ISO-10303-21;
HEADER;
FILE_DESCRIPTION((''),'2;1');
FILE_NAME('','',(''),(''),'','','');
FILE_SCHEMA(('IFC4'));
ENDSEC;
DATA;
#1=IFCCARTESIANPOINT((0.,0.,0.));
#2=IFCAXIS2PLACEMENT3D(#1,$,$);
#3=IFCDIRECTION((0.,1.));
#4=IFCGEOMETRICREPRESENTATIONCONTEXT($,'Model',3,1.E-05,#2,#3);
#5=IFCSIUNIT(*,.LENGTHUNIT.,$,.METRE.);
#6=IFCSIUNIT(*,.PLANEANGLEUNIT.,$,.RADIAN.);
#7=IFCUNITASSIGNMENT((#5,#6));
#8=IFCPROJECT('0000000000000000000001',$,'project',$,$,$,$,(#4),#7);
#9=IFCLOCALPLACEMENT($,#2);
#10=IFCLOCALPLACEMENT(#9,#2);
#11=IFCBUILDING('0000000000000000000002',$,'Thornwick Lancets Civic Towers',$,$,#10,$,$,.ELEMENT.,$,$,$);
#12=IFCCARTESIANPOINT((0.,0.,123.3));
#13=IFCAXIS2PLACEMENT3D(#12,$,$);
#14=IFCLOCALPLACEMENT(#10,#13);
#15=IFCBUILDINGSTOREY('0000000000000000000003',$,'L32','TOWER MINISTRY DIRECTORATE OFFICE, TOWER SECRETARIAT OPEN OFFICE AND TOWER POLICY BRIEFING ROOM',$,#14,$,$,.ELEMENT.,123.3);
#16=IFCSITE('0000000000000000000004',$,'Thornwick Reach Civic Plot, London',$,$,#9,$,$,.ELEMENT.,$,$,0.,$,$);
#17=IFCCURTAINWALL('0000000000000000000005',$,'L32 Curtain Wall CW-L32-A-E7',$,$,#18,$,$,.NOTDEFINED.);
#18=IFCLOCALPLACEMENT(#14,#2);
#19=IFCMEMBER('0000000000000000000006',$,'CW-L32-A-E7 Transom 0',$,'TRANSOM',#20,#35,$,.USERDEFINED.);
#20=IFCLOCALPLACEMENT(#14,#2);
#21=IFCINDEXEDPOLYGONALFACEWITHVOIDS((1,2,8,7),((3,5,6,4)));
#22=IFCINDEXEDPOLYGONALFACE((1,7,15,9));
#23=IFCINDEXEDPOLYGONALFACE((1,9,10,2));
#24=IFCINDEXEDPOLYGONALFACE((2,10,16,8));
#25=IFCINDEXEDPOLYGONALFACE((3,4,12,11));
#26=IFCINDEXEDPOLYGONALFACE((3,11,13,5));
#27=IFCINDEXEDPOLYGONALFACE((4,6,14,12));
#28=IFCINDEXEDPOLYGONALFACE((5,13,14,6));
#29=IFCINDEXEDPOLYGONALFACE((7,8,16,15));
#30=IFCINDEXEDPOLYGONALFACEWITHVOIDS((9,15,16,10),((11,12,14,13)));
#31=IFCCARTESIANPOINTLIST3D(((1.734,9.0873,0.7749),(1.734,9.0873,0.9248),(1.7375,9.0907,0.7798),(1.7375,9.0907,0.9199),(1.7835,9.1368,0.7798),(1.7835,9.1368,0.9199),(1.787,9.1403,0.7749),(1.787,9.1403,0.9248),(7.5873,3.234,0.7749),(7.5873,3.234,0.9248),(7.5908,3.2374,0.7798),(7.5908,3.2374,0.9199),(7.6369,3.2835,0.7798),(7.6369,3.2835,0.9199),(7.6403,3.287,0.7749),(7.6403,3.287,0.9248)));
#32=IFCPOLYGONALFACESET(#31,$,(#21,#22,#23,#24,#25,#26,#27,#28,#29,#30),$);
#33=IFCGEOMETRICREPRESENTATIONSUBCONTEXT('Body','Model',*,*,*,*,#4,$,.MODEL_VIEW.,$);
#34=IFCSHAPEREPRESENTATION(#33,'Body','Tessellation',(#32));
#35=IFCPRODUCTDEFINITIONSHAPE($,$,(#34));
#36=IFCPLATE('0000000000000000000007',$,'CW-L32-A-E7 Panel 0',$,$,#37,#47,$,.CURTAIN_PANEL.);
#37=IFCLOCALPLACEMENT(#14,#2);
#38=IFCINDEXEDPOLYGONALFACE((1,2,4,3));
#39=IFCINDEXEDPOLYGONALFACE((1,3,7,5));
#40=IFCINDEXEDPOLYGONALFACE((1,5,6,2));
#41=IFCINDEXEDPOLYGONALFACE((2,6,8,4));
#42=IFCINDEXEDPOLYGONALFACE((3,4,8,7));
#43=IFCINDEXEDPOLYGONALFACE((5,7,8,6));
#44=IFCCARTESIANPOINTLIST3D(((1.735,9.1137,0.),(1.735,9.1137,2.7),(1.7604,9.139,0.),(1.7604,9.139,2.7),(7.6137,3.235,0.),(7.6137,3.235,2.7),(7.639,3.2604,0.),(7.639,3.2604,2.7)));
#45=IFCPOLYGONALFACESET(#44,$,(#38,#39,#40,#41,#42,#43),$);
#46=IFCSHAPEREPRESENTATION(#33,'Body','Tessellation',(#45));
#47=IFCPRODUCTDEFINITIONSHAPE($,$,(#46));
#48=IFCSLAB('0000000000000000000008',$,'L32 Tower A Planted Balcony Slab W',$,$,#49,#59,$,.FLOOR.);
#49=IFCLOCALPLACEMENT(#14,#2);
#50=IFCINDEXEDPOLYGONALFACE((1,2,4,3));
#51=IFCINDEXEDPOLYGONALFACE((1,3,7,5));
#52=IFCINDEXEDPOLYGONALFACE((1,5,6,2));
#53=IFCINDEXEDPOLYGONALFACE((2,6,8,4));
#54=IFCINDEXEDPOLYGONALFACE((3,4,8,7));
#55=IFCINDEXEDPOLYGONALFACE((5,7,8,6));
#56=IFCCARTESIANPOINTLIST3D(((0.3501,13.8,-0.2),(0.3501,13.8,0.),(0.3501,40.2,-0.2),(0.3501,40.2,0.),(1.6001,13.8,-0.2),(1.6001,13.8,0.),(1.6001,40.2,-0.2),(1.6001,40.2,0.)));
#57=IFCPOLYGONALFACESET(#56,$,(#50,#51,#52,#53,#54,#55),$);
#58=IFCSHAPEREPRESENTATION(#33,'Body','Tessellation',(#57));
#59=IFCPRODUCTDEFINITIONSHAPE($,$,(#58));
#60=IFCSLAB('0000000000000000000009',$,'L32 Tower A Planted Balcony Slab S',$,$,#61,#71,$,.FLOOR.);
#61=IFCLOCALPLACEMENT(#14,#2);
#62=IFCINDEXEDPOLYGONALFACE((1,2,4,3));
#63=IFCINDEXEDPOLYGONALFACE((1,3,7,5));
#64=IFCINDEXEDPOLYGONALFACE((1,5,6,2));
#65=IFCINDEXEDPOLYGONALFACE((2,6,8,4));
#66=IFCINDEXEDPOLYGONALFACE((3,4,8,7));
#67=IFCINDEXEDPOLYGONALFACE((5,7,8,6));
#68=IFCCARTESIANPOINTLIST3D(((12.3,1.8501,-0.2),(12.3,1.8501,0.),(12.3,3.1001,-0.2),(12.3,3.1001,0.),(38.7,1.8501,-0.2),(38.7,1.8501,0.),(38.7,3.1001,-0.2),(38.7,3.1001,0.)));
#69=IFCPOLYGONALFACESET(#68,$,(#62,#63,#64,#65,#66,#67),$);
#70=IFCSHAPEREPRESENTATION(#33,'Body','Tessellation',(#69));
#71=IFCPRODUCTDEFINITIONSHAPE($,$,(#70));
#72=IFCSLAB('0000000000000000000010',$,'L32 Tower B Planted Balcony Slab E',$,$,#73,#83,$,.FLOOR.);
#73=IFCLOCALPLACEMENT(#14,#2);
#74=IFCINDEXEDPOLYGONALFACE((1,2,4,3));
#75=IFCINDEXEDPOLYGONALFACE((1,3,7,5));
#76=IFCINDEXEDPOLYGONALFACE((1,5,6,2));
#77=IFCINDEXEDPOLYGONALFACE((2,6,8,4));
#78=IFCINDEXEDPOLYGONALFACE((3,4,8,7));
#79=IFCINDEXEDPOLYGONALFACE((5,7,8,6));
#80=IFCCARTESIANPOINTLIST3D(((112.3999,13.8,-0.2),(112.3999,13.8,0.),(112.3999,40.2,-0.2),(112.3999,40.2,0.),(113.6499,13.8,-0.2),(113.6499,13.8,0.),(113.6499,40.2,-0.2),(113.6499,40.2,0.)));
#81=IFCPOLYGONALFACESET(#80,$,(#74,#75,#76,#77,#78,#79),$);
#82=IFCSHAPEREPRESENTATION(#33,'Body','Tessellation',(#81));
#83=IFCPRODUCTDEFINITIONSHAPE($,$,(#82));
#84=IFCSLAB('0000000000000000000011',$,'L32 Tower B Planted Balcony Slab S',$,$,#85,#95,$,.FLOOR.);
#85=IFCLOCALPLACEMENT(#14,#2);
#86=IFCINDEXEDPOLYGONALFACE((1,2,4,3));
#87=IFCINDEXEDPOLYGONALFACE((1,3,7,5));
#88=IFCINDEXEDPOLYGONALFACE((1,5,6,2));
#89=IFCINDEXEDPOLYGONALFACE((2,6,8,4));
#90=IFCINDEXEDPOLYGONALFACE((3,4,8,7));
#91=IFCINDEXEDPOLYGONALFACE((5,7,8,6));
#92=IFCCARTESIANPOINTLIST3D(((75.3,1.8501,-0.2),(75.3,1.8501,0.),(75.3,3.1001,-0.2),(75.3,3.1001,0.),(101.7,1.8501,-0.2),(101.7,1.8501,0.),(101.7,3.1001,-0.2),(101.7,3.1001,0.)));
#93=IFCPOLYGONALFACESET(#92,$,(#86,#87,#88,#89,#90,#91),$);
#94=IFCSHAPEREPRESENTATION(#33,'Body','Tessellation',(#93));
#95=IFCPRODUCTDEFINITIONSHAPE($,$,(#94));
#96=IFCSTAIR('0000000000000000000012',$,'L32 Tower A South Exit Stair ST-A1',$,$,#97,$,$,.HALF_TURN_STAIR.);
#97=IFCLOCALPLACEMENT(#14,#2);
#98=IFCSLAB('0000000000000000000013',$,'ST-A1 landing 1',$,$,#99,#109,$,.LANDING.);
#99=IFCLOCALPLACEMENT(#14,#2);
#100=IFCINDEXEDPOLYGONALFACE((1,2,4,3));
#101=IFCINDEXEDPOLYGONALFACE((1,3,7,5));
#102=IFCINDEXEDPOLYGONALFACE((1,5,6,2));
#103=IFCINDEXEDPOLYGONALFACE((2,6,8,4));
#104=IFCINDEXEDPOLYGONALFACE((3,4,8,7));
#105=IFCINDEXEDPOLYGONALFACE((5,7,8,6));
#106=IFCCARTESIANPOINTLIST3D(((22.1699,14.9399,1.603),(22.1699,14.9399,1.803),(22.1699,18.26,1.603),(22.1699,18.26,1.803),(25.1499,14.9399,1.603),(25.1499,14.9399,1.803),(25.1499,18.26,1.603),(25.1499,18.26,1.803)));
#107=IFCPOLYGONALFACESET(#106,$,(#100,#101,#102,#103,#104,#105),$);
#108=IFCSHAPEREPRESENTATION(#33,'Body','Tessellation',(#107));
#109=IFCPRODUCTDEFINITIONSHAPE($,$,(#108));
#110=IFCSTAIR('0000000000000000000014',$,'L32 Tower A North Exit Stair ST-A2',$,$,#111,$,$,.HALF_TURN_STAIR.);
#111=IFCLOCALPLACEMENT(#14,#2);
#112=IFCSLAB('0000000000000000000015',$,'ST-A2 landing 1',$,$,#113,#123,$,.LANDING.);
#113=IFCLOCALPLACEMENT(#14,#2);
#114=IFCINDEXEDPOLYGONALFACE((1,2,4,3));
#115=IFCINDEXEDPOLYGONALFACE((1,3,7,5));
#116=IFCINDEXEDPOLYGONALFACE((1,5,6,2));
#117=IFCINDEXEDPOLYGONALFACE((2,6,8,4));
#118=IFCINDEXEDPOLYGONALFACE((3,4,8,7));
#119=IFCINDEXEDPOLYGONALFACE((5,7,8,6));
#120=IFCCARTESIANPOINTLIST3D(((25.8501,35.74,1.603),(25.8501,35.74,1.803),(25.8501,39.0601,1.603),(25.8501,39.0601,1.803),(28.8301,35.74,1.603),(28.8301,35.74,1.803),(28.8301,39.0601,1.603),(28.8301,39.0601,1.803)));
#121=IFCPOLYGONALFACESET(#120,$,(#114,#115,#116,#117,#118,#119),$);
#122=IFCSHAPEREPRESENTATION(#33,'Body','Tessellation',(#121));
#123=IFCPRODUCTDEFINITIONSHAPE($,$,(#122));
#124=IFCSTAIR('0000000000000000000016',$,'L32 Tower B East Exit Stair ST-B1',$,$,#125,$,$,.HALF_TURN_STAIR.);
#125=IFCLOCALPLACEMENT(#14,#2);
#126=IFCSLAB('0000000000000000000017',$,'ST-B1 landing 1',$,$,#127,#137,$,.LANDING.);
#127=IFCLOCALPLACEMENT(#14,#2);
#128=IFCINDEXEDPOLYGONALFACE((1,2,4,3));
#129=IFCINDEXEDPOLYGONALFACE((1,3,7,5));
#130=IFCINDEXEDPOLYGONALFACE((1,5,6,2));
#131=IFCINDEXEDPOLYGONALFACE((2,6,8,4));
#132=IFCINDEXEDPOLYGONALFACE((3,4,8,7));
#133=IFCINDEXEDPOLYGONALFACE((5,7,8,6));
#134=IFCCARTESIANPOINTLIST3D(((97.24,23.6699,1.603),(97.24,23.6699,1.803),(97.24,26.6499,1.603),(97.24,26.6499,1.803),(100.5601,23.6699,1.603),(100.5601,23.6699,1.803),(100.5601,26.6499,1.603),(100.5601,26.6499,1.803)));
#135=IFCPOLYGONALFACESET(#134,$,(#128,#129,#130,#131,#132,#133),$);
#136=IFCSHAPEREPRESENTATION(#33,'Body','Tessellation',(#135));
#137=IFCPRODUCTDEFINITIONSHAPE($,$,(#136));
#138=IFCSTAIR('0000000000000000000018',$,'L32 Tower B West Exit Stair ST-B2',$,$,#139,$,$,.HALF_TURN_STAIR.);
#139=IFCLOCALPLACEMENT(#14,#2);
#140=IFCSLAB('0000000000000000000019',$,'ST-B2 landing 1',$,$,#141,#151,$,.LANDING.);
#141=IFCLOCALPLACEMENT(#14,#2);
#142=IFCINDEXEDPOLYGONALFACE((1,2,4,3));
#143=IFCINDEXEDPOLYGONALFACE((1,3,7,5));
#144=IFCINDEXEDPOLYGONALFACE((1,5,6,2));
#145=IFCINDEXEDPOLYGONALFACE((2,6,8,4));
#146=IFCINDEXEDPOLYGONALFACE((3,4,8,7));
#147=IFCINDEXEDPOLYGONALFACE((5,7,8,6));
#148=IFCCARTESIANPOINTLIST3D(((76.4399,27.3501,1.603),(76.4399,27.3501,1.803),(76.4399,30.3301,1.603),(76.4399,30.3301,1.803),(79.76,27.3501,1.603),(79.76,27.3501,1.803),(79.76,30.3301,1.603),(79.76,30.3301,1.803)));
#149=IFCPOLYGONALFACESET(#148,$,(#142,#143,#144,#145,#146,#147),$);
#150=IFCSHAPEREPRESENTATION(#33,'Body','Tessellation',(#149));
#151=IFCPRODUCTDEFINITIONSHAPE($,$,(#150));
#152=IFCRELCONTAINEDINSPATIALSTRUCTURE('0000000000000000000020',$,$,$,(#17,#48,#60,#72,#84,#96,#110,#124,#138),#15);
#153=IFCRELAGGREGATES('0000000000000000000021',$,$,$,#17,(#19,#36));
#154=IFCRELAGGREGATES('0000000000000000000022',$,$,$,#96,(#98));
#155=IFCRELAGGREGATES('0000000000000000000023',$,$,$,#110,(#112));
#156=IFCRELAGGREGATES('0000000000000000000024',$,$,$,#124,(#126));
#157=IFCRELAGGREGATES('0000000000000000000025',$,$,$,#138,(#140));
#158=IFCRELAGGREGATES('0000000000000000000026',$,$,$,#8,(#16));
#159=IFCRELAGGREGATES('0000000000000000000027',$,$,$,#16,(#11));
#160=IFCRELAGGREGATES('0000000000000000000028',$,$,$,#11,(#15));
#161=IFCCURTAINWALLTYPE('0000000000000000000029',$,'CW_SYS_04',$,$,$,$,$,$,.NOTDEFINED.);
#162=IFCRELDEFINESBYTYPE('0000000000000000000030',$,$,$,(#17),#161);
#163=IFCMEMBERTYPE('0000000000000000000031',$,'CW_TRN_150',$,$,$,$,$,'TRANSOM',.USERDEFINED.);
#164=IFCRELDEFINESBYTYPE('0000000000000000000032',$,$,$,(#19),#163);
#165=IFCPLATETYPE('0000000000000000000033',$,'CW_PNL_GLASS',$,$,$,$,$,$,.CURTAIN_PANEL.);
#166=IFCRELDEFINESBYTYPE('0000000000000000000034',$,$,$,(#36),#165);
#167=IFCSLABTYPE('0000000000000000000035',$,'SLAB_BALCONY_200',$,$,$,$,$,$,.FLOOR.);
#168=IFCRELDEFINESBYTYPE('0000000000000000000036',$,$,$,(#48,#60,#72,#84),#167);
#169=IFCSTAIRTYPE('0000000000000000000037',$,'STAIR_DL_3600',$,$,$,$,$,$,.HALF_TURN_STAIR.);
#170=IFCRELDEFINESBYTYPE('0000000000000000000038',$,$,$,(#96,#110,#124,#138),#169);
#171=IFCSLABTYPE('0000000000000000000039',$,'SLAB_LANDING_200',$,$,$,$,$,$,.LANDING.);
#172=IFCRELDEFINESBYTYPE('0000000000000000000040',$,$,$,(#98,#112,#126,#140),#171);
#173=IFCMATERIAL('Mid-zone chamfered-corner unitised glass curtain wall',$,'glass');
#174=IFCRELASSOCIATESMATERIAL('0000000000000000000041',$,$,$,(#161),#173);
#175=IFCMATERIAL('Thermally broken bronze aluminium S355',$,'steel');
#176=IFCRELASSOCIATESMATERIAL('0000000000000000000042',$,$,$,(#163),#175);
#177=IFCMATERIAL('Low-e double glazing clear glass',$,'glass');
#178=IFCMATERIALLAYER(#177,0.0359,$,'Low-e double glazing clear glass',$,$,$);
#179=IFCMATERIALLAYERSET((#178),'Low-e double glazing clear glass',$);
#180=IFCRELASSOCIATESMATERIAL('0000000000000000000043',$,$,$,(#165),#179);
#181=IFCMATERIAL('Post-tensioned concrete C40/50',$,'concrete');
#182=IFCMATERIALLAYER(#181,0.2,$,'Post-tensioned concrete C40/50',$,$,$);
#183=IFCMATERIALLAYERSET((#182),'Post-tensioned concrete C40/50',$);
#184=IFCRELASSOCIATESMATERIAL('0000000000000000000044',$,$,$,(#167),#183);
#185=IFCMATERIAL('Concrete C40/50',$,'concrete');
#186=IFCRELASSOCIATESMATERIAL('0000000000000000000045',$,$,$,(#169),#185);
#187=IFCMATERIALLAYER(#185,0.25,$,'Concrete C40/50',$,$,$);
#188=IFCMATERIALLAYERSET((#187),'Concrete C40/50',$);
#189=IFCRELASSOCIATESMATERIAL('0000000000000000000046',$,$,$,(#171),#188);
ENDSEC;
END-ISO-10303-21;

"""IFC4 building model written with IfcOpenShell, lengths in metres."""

from ifc_helpers import new_model, si_unit, direction, frame, origin, origin_2d, place, context, subcontext, project, spatial, polyline, rectangle, hollow_rectangle, outline, extrude, material, layer, layer_set, material_profile, profile_set, type_object, element, aggregate, save


model = new_model("IFC4")

# Units and contexts
model_context = context("Model", 3, precision=1e-05, world=origin(), true_north=direction((0.0, 1.0)))
body_context = subcontext(model_context, "Body", "Model", "MODEL_VIEW")
ifc_project = project(units=[si_unit("LENGTHUNIT", "METRE"), si_unit("PLANEANGLEUNIT", "RADIAN")], contexts=[model_context])

# Site, building, storey
site_placement = place(None, origin())
site = spatial("IfcSite", under=ifc_project, at=site_placement, Name="Thornwick Reach Civic Plot, London", CompositionType="ELEMENT", RefElevation=0.0)
building_placement = place(site_placement, origin())
building = spatial("IfcBuilding", under=site, at=building_placement, Name="Thornwick Lancets Civic Towers", CompositionType="ELEMENT")
storey_placement = place(building_placement, frame((0.0, 0.0, 123.3)))
storey = spatial("IfcBuildingStorey", under=building, at=storey_placement, Name="L32", Description="TOWER MINISTRY DIRECTORATE OFFICE, TOWER SECRETARIAT OPEN OFFICE AND TOWER POLICY BRIEFING ROOM", CompositionType="ELEMENT", Elevation=123.3)

# Curtain wall, member, plate
ifc_material_1 = material(Name="Mid-zone chamfered-corner unitised glass curtain wall", Category="glass")
curtain_wall_type = type_object("IfcCurtainWallType", Name="CW_SYS_04", PredefinedType="NOTDEFINED", material=ifc_material_1)
curtain_wall_placement = place(storey_placement, origin())
curtain_wall = element("IfcCurtainWall", 1, at=curtain_wall_placement, inside=storey, type_object=curtain_wall_type, Name="L32 Curtain Wall CW-L32-A-E7", PredefinedType="NOTDEFINED")
ifc_material_2 = material(Name="Thermally broken bronze aluminium S355", Category="steel")
ifc_material_profile_1 = material_profile(ifc_material_2, hollow_rectangle(XDim=0.075, YDim=0.1499, WallThickness=0.0049, at=origin_2d()), Name="RHS 150x75x5")
ifc_profile_set_1 = profile_set([ifc_material_profile_1], Name="Thermally broken bronze aluminium S355")
member_type_1 = type_object("IfcMemberType", Name="CW_TRN_150", ElementType="TRANSOM", PredefinedType="USERDEFINED", material=ifc_profile_set_1)
member_1_placement = place(storey_placement, frame((1.7605, 9.1138, 0.8499), z_axis=(0.707107, -0.707107, 0.0), x_axis=(0.707107, 0.707107, 0.0)))
member_1 = element("IfcMember", 2, at=member_1_placement, type_object=member_type_1, Name="CW-L32-A-E7 Transom 0", ObjectType="TRANSOM", PredefinedType="USERDEFINED", context=body_context, shape_type="SweptSolid", body=[
    extrude(hollow_rectangle(XDim=0.075, YDim=0.1499, WallThickness=0.0049, at=origin_2d()), origin(), (0.0, 0.0, 1.0), 8.2778),
])
ifc_material_3 = material(Name="Low-e double glazing clear glass", Category="glass")
ifc_layer_1 = layer(ifc_material_3, 0.0359, Name="Low-e double glazing clear glass")
ifc_layer_set_1 = layer_set([ifc_layer_1], Name="Low-e double glazing clear glass")
plate_type = type_object("IfcPlateType", Name="CW_PNL_GLASS", PredefinedType="CURTAIN_PANEL", material=ifc_layer_set_1)
plate_placement = place(storey_placement, frame((4.687, 6.187, 0.0), z_axis=(0.0, 0.0, 1.0), x_axis=(0.707107, -0.707107, 0.0)))
plate = element("IfcPlate", 3, at=plate_placement, type_object=plate_type, Name="CW-L32-A-E7 Panel 0", PredefinedType="CURTAIN_PANEL", context=body_context, shape_type="SweptSolid", body=[
    extrude(rectangle(XDim=8.3137, YDim=0.0359, at=origin_2d()), origin(), (0.0, 0.0, 1.0), 2.7),
])
aggregate(curtain_wall, [member_1, plate])

# Slabs
ifc_material_4 = material(Name="Post-tensioned concrete C40/50", Category="concrete")
ifc_layer_2 = layer(ifc_material_4, 0.2, Name="Post-tensioned concrete C40/50")
ifc_layer_set_2 = layer_set([ifc_layer_2], Name="Post-tensioned concrete C40/50")
slab_type_1 = type_object("IfcSlabType", Name="SLAB_BALCONY_200", PredefinedType="FLOOR", material=ifc_layer_set_2)
slab_1_placement = place(storey_placement, frame((0.0, 0.0, -0.2)))
element("IfcSlab", 4, at=slab_1_placement, inside=storey, type_object=slab_type_1, Name="L32 Tower A Planted Balcony Slab W", PredefinedType="FLOOR", context=body_context, shape_type="SweptSolid", body=[
    extrude(outline(polyline([(0.3501, 13.8), (1.6001, 13.8), (1.6001, 40.2), (0.3501, 40.2), (0.3501, 13.8)])), origin(), (0.0, 0.0, 1.0), 0.2),
])
slab_2_placement = place(storey_placement, frame((0.0, 0.0, -0.2)))
element("IfcSlab", 5, at=slab_2_placement, inside=storey, type_object=slab_type_1, Name="L32 Tower A Planted Balcony Slab S", PredefinedType="FLOOR", context=body_context, shape_type="SweptSolid", body=[
    extrude(outline(polyline([(12.3, 1.8501), (38.7, 1.8501), (38.7, 3.1001), (12.3, 3.1001), (12.3, 1.8501)])), origin(), (0.0, 0.0, 1.0), 0.2),
])
slab_3_placement = place(storey_placement, frame((0.0, 0.0, -0.2)))
element("IfcSlab", 6, at=slab_3_placement, inside=storey, type_object=slab_type_1, Name="L32 Tower B Planted Balcony Slab E", PredefinedType="FLOOR", context=body_context, shape_type="SweptSolid", body=[
    extrude(outline(polyline([(112.3999, 13.8), (113.6499, 13.8), (113.6499, 40.2), (112.3999, 40.2), (112.3999, 13.8)])), origin(), (0.0, 0.0, 1.0), 0.2),
])
slab_4_placement = place(storey_placement, frame((0.0, 0.0, -0.2)))
element("IfcSlab", 7, at=slab_4_placement, inside=storey, type_object=slab_type_1, Name="L32 Tower B Planted Balcony Slab S", PredefinedType="FLOOR", context=body_context, shape_type="SweptSolid", body=[
    extrude(outline(polyline([(75.3, 1.8501), (101.7, 1.8501), (101.7, 3.1001), (75.3, 3.1001), (75.3, 1.8501)])), origin(), (0.0, 0.0, 1.0), 0.2),
])

# Stairs, slabs
ifc_material_5 = material(Name="Concrete C40/50", Category="concrete")
stair_type = type_object("IfcStairType", Name="STAIR_DL_3600", PredefinedType="HALF_TURN_STAIR", material=ifc_material_5)
stair_1_placement = place(storey_placement, origin())
stair_1 = element("IfcStair", 8, at=stair_1_placement, inside=storey, type_object=stair_type, Name="L32 Tower A South Exit Stair ST-A1", PredefinedType="HALF_TURN_STAIR")
ifc_layer_3 = layer(ifc_material_5, 0.25, Name="Concrete C40/50")
ifc_layer_set_3 = layer_set([ifc_layer_3], Name="Concrete C40/50")
slab_type_2 = type_object("IfcSlabType", Name="SLAB_LANDING_200", PredefinedType="LANDING", material=ifc_layer_set_3)
slab_5_placement = place(storey_placement, frame((0.0, 0.0, 1.603)))
slab_5 = element("IfcSlab", 9, at=slab_5_placement, type_object=slab_type_2, Name="ST-A1 landing 1", PredefinedType="LANDING", context=body_context, shape_type="SweptSolid", body=[
    extrude(outline(polyline([(22.1699, 14.9399), (25.1499, 14.9399), (25.1499, 18.26), (22.1699, 18.26), (22.1699, 14.9399)])), origin(), (0.0, 0.0, 1.0), 0.2),
])
aggregate(stair_1, [slab_5])
stair_2_placement = place(storey_placement, origin())
stair_2 = element("IfcStair", 10, at=stair_2_placement, inside=storey, type_object=stair_type, Name="L32 Tower A North Exit Stair ST-A2", PredefinedType="HALF_TURN_STAIR")
slab_6_placement = place(storey_placement, frame((0.0, 0.0, 1.603)))
slab_6 = element("IfcSlab", 11, at=slab_6_placement, type_object=slab_type_2, Name="ST-A2 landing 1", PredefinedType="LANDING", context=body_context, shape_type="SweptSolid", body=[
    extrude(outline(polyline([(28.8301, 39.0601), (25.8501, 39.0601), (25.8501, 35.74), (28.8301, 35.74), (28.8301, 39.0601)])), origin(), (0.0, 0.0, 1.0), 0.2),
])
aggregate(stair_2, [slab_6])
stair_3_placement = place(storey_placement, origin())
stair_3 = element("IfcStair", 12, at=stair_3_placement, inside=storey, type_object=stair_type, Name="L32 Tower B East Exit Stair ST-B1", PredefinedType="HALF_TURN_STAIR")
slab_7_placement = place(storey_placement, frame((0.0, 0.0, 1.603)))
slab_7 = element("IfcSlab", 13, at=slab_7_placement, type_object=slab_type_2, Name="ST-B1 landing 1", PredefinedType="LANDING", context=body_context, shape_type="SweptSolid", body=[
    extrude(outline(polyline([(100.5601, 23.6699), (100.5601, 26.6499), (97.24, 26.6499), (97.24, 23.6699), (100.5601, 23.6699)])), origin(), (0.0, 0.0, 1.0), 0.2),
])
aggregate(stair_3, [slab_7])
stair_4_placement = place(storey_placement, origin())
stair_4 = element("IfcStair", 14, at=stair_4_placement, inside=storey, type_object=stair_type, Name="L32 Tower B West Exit Stair ST-B2", PredefinedType="HALF_TURN_STAIR")
slab_8_placement = place(storey_placement, frame((0.0, 0.0, 1.603)))
slab_8 = element("IfcSlab", 15, at=slab_8_placement, type_object=slab_type_2, Name="ST-B2 landing 1", PredefinedType="LANDING", context=body_context, shape_type="SweptSolid", body=[
    extrude(outline(polyline([(76.4399, 30.3301), (76.4399, 27.3501), (79.76, 27.3501), (79.76, 30.3301), (76.4399, 30.3301)])), origin(), (0.0, 0.0, 1.0), 0.2),
])
aggregate(stair_4, [slab_8])

save(model, "model.ifc")
